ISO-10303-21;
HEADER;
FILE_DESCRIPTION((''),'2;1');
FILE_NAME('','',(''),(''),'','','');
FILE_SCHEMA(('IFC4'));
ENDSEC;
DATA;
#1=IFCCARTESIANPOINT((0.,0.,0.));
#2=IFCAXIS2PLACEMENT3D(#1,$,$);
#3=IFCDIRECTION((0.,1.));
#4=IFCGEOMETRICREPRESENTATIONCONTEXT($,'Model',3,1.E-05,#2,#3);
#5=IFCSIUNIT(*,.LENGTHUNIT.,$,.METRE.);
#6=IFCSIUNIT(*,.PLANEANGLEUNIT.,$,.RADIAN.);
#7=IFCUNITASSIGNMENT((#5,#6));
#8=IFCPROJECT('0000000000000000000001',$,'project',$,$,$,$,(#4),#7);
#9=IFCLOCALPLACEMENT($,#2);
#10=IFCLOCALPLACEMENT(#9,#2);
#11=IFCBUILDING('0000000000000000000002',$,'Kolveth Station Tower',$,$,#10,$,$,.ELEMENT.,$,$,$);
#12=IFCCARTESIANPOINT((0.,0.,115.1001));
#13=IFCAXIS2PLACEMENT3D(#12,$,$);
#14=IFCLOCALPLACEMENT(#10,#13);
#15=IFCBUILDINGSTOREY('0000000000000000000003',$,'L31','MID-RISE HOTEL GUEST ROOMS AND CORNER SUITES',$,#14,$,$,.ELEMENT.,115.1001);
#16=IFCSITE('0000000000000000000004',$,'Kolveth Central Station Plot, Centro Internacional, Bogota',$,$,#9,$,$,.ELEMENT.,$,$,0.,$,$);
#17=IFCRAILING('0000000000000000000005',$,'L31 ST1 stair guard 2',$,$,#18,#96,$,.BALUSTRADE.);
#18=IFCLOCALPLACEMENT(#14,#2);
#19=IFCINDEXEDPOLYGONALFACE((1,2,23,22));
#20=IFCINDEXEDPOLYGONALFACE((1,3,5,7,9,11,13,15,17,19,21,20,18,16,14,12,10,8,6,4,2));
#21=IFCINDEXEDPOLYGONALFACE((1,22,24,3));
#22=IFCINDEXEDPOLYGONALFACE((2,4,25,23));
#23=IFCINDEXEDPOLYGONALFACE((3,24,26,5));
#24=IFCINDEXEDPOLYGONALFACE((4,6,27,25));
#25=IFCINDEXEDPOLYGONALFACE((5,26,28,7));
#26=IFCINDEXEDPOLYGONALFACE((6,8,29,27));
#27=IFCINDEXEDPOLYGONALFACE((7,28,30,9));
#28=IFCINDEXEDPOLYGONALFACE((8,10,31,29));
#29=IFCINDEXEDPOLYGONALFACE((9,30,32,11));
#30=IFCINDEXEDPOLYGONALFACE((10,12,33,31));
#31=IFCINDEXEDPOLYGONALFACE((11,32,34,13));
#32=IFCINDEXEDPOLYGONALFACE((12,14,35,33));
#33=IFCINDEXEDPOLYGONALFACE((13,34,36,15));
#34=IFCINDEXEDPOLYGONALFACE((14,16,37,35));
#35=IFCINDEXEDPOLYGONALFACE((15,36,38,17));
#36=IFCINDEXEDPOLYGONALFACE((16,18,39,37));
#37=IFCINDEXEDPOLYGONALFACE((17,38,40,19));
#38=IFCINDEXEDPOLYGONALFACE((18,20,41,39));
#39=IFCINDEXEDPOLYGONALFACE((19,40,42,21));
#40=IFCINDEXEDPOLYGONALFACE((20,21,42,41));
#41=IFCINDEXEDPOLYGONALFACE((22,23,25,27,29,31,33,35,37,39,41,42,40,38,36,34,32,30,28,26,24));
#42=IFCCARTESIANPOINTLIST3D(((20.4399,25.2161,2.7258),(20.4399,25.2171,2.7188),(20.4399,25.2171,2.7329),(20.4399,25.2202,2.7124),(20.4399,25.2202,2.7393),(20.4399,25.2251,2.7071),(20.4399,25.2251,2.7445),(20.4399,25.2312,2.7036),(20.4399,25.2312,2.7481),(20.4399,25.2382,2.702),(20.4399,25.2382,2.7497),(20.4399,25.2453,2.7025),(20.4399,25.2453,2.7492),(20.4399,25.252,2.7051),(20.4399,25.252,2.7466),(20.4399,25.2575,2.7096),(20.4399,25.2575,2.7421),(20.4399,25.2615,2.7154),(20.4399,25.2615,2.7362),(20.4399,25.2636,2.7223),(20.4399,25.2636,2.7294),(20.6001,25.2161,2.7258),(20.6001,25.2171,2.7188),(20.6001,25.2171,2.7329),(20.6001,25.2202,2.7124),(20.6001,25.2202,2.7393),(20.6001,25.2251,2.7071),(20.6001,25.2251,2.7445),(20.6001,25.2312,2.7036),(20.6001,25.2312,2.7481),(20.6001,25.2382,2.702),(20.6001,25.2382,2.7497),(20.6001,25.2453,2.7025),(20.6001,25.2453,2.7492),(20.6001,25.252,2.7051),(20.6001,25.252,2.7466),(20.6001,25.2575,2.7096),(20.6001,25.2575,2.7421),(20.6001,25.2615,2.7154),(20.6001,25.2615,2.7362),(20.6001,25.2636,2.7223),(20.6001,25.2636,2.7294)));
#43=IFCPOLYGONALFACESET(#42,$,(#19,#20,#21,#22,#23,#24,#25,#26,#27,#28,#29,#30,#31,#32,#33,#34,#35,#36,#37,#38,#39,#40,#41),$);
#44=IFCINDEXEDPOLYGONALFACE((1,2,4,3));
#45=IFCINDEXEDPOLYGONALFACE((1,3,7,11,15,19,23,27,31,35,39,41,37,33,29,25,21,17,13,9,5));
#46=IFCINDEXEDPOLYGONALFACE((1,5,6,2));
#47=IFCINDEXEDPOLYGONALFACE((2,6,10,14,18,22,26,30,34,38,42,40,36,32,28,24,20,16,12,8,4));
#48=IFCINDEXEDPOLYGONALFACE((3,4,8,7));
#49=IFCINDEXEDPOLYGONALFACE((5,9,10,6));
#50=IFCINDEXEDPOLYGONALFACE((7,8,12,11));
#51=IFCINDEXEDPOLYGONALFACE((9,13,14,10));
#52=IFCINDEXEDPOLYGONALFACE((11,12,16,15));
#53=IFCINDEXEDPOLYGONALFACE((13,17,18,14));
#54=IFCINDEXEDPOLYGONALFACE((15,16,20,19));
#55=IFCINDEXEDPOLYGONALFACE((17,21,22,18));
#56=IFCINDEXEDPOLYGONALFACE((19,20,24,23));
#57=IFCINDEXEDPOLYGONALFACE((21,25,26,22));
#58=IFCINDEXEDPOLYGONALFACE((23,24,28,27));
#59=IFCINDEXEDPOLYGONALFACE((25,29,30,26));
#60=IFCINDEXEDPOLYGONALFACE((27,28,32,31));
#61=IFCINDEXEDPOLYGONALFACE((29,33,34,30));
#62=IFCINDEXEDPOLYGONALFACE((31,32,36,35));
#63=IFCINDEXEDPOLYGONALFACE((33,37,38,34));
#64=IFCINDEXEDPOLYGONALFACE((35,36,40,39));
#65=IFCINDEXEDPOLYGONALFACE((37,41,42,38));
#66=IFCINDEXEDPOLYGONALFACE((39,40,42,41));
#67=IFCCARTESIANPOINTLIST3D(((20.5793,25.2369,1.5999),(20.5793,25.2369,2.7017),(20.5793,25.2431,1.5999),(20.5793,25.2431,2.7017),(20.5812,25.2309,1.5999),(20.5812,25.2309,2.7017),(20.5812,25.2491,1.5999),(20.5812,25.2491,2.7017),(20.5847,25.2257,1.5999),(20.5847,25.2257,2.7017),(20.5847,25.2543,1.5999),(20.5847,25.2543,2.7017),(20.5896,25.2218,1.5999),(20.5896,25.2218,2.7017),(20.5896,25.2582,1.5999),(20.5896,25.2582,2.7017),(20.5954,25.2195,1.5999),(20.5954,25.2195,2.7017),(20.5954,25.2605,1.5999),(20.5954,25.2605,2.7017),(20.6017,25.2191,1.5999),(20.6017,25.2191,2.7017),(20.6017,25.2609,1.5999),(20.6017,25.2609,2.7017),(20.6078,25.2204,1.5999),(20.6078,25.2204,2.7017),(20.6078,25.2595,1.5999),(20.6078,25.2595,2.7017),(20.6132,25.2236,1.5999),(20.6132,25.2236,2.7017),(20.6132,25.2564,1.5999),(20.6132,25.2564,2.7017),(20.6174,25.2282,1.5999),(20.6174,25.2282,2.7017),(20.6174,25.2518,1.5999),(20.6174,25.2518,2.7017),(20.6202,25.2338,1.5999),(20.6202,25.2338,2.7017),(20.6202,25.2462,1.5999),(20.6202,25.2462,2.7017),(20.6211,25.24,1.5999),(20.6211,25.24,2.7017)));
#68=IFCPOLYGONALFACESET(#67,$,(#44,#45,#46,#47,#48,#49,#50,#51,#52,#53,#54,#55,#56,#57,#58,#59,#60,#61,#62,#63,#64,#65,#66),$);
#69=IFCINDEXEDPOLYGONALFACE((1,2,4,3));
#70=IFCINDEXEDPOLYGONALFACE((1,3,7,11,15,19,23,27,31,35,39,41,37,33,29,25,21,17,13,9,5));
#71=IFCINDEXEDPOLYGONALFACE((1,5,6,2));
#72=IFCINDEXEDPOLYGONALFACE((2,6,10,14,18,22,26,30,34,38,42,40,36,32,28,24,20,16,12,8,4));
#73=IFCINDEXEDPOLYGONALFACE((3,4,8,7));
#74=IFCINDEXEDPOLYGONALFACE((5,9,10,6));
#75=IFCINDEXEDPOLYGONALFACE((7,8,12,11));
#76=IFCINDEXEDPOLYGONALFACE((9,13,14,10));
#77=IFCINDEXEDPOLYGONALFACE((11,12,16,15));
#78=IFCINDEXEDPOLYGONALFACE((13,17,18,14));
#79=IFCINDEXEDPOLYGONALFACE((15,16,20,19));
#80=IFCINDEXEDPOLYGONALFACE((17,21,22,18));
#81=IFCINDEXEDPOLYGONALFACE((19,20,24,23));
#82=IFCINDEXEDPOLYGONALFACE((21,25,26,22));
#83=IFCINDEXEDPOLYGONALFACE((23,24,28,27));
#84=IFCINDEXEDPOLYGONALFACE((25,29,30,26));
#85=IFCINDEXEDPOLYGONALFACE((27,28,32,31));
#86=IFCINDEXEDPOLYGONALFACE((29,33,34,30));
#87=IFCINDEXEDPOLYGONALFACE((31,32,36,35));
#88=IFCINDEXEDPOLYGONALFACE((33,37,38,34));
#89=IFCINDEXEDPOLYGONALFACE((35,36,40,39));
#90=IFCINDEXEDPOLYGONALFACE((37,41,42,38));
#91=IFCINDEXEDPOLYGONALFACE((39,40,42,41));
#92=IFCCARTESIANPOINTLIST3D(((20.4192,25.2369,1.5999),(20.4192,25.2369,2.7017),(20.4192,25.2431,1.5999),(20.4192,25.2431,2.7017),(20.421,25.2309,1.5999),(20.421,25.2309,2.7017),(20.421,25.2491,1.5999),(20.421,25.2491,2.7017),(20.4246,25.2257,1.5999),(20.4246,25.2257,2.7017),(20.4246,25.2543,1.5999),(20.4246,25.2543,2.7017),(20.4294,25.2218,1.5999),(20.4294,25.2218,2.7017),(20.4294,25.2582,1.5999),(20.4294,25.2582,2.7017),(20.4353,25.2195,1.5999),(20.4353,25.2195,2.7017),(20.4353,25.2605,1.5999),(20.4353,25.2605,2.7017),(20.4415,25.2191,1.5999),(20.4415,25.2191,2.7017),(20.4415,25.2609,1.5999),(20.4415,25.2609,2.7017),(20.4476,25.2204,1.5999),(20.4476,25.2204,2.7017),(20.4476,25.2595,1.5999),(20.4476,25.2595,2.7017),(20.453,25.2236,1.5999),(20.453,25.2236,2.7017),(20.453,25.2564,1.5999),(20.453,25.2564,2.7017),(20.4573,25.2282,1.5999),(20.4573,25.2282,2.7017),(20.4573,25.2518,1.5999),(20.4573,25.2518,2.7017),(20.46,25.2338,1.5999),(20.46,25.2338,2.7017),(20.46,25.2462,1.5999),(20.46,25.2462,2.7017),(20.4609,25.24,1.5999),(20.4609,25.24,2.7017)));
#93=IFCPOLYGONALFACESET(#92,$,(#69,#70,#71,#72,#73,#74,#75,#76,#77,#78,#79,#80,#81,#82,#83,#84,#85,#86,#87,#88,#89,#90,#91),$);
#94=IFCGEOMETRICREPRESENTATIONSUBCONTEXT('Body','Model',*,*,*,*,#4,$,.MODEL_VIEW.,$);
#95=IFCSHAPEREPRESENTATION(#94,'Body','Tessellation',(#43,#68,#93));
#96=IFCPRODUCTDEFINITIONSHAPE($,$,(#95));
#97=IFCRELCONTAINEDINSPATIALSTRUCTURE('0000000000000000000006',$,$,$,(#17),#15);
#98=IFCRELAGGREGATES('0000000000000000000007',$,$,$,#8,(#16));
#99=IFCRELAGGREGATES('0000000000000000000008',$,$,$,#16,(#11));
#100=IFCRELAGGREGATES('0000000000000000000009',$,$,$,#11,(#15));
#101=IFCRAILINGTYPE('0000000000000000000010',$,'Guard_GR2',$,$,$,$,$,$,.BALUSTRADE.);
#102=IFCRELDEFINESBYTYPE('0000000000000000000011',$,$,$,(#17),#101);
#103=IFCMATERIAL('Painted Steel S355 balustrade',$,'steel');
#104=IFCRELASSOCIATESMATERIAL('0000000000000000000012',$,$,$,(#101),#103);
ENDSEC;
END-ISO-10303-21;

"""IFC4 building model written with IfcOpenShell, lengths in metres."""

from ifc_helpers import new_model, si_unit, direction, frame, origin, origin_2d, place, context, subcontext, project, spatial, circle, extrude, material, type_object, element, save


model = new_model("IFC4")

# Units and contexts
model_context = context("Model", 3, precision=1e-05, world=origin(), true_north=direction((0.0, 1.0)))
body_context = subcontext(model_context, "Body", "Model", "MODEL_VIEW")
ifc_project = project(units=[si_unit("LENGTHUNIT", "METRE"), si_unit("PLANEANGLEUNIT", "RADIAN")], contexts=[model_context])

# Site, building, storey
site_placement = place(None, origin())
site = spatial("IfcSite", under=ifc_project, at=site_placement, Name="Kolveth Central Station Plot, Centro Internacional, Bogota", CompositionType="ELEMENT", RefElevation=0.0)
building_placement = place(site_placement, origin())
building = spatial("IfcBuilding", under=site, at=building_placement, Name="Kolveth Station Tower", CompositionType="ELEMENT")
storey_placement = place(building_placement, frame((0.0, 0.0, 115.1001)))
storey = spatial("IfcBuildingStorey", under=building, at=storey_placement, Name="L31", Description="MID-RISE HOTEL GUEST ROOMS AND CORNER SUITES", CompositionType="ELEMENT", Elevation=115.1001)

# Railing
ifc_material_1 = material(Name="Painted Steel S355 balustrade", Category="steel")
railing_type_1 = type_object("IfcRailingType", Name="Guard_GR2", PredefinedType="BALUSTRADE", material=ifc_material_1)
railing_1_placement = place(storey_placement, frame((20.6001, 25.24, 1.5999)))
element("IfcRailing", 1, at=railing_1_placement, inside=storey, type_object=railing_type_1, Name="L31 ST1 stair guard 2", PredefinedType="BALUSTRADE", context=body_context, shape_type="SweptSolid", body=[
    extrude(circle(Radius=0.0239, at=origin_2d()), frame((0.0, 0.0, 1.126), z_axis=(-1.0, 0.0, 0.0), x_axis=(0.0, -1.0, 0.0)), (0.0, 0.0, 1.0), 0.1602),
    extrude(circle(Radius=0.021, at=origin_2d()), origin(), (0.0, 0.0, 1.0), 1.1018),
    extrude(circle(Radius=0.021, at=origin_2d()), frame((-0.1602, 0.0, 0.0)), (0.0, 0.0, 1.0), 1.1018),
])

save(model, "model.ifc")
